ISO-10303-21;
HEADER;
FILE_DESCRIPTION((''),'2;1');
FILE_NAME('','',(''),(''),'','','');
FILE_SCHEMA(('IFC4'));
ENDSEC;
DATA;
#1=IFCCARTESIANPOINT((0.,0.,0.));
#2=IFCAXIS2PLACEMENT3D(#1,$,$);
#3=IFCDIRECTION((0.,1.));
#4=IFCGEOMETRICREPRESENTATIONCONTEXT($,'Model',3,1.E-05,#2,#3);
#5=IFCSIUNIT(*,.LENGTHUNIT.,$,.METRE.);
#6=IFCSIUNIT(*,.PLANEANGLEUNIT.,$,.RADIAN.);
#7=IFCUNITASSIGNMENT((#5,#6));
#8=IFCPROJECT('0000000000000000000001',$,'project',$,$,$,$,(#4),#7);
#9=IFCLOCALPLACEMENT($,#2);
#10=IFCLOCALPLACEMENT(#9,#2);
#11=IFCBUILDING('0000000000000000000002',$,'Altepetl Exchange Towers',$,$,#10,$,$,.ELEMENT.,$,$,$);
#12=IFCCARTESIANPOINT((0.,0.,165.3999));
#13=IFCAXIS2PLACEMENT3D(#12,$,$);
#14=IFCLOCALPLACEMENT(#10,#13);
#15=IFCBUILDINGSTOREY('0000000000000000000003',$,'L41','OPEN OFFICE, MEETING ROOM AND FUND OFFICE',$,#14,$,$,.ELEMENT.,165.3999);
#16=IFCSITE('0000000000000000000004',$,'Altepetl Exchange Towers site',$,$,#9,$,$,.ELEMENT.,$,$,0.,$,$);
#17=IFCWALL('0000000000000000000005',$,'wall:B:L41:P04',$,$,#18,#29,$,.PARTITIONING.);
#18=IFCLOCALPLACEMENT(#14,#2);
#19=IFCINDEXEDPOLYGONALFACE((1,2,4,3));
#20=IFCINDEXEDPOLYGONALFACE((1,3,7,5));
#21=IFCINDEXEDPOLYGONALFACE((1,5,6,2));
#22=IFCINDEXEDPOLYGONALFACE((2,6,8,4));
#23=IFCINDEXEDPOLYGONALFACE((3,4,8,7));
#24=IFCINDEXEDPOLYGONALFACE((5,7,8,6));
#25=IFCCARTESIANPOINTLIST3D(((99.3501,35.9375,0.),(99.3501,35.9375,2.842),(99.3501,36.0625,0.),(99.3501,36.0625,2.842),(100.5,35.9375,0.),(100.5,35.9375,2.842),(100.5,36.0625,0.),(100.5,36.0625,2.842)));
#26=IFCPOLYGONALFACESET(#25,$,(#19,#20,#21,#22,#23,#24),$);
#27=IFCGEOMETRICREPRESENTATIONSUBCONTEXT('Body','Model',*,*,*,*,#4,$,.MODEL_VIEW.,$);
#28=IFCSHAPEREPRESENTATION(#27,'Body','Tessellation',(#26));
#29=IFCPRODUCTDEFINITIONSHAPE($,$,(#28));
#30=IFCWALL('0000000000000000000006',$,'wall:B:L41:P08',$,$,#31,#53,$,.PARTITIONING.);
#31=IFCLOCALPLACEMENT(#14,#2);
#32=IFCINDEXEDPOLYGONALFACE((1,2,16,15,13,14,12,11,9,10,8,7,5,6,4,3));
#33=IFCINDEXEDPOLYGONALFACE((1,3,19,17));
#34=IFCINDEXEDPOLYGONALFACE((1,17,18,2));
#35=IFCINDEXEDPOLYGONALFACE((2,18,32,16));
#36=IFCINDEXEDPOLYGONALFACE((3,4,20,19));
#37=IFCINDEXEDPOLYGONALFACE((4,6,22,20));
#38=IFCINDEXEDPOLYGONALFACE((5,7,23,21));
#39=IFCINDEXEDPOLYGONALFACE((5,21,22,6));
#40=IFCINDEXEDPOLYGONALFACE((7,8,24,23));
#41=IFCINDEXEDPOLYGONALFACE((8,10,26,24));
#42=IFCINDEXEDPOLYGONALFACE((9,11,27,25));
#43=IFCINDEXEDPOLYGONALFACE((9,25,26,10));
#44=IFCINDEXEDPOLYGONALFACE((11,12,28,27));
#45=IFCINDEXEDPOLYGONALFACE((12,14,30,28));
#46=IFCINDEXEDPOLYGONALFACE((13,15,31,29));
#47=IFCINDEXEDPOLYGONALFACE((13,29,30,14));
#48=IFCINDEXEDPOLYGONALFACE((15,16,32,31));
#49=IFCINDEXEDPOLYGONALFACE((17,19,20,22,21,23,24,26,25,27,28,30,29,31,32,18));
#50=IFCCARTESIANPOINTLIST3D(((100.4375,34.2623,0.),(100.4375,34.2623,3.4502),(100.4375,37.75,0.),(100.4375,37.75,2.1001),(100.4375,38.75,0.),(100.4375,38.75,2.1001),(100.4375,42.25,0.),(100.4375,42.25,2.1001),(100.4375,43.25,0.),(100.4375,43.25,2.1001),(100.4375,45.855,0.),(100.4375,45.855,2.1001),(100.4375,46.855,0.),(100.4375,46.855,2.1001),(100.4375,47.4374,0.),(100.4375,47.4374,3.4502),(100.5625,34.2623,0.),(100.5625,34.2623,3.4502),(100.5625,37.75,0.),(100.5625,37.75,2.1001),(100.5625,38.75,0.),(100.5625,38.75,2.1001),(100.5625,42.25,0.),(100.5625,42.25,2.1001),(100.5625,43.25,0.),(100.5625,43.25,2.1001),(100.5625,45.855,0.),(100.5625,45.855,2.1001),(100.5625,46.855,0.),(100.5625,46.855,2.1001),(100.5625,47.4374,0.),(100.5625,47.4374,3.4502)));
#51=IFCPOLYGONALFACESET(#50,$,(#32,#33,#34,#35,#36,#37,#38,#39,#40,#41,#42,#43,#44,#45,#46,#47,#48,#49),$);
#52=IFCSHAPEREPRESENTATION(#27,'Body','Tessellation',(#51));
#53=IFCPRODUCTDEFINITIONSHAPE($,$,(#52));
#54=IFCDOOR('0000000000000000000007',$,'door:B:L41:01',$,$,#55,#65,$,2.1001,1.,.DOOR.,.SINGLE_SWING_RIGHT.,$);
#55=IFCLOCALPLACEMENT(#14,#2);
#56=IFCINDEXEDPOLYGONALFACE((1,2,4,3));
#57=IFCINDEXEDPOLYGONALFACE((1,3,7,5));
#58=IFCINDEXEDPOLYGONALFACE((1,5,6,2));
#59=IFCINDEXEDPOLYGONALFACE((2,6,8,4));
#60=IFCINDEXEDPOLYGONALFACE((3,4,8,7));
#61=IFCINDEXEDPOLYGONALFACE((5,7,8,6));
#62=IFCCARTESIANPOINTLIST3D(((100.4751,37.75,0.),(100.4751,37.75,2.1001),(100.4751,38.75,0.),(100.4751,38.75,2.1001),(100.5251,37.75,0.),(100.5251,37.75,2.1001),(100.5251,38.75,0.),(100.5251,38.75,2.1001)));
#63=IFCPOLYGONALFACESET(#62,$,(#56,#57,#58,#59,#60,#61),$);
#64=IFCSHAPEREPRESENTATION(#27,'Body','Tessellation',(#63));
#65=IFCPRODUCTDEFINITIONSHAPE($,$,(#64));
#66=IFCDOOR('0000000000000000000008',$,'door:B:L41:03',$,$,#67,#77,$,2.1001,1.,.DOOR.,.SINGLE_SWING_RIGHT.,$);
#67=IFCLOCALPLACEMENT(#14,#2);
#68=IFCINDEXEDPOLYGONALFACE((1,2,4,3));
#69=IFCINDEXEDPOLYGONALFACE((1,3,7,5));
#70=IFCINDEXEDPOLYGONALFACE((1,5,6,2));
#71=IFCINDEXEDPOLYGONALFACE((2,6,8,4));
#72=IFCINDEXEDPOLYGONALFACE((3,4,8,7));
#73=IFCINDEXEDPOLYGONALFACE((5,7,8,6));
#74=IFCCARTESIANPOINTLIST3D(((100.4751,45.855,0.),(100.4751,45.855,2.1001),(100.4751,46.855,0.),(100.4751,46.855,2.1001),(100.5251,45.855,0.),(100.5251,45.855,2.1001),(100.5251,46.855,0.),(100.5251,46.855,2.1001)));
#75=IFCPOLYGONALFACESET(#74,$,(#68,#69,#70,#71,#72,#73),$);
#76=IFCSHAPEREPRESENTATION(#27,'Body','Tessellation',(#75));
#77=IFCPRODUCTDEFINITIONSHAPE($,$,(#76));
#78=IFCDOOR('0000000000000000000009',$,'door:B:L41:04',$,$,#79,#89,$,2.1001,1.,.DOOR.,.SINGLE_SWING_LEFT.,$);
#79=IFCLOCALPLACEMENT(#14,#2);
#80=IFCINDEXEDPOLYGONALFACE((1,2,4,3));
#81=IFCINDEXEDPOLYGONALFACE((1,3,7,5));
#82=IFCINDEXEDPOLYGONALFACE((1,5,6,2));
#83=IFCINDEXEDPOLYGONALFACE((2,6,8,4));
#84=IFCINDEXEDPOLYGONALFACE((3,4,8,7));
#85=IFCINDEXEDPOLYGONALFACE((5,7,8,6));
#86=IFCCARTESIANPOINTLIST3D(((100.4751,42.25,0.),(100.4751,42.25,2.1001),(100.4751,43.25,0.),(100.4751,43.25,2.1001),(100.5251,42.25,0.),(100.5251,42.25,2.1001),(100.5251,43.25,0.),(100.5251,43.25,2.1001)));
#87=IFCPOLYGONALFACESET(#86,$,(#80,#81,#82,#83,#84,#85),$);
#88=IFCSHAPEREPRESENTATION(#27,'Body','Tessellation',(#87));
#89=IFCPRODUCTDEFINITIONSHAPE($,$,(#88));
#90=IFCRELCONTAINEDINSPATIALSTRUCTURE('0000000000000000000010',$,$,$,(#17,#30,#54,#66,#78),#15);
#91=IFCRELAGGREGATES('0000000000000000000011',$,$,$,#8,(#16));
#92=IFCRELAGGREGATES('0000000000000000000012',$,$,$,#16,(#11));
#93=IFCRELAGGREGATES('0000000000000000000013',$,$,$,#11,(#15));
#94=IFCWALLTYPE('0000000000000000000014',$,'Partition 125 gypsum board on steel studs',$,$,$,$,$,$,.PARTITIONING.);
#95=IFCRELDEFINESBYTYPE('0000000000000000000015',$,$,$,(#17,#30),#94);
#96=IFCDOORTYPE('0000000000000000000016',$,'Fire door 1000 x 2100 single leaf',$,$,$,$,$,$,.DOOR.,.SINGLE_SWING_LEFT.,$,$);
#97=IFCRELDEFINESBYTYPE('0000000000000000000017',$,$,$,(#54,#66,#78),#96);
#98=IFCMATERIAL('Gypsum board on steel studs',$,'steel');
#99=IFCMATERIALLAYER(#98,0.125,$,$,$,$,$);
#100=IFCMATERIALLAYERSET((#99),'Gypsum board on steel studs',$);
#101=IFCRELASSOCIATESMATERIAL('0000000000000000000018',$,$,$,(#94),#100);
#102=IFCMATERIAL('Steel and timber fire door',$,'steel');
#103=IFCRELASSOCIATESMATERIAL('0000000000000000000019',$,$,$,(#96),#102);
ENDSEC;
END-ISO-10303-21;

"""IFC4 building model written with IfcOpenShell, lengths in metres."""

from ifc_helpers import new_model, si_unit, direction, frame, frame_2d, origin, place, context, subcontext, project, spatial, rectangle, extrude, material, layer, layer_set, type_object, element, fill, save


model = new_model("IFC4")

# Units and contexts
model_context = context("Model", 3, precision=1e-05, world=origin(), true_north=direction((0.0, 1.0)))
body_context = subcontext(model_context, "Body", "Model", "MODEL_VIEW")
ifc_project = project(units=[si_unit("LENGTHUNIT", "METRE"), si_unit("PLANEANGLEUNIT", "RADIAN")], contexts=[model_context])

# Site, building, storey
site_placement = place(None, origin())
site = spatial("IfcSite", under=ifc_project, at=site_placement, Name="Altepetl Exchange Towers site", CompositionType="ELEMENT", RefElevation=0.0)
building_placement = place(site_placement, origin())
building = spatial("IfcBuilding", under=site, at=building_placement, Name="Altepetl Exchange Towers", CompositionType="ELEMENT")
storey_placement = place(building_placement, frame((0.0, 0.0, 165.3999)))
storey = spatial("IfcBuildingStorey", under=building, at=storey_placement, Name="L41", Description="OPEN OFFICE, MEETING ROOM AND FUND OFFICE", CompositionType="ELEMENT", Elevation=165.3999)

# Shared definitions
ifc_material_1 = material(Name="Gypsum board on steel studs", Category="steel")
ifc_layer_1 = layer(ifc_material_1, 0.125)
ifc_layer_set_1 = layer_set([ifc_layer_1], Name="Gypsum board on steel studs")
wall_type_1 = type_object("IfcWallType", Name="Partition 125 gypsum board on steel studs", PredefinedType="PARTITIONING", material=ifc_layer_set_1)
ifc_material_2 = material(Name="Steel and timber fire door", Category="steel")
door_type_1 = type_object("IfcDoorType", Name="Fire door 1000 x 2100 single leaf", OperationType="SINGLE_SWING_LEFT", PredefinedType="DOOR", material=ifc_material_2)

# Wall
wall_1_placement = place(storey_placement, frame((99.3501, 36.0, 0.0)))
element("IfcWall", 1, at=wall_1_placement, inside=storey, type_object=wall_type_1, Name="wall:B:L41:P04", PredefinedType="PARTITIONING", context=body_context, shape_type="SweptSolid", body=[
    extrude(rectangle(XDim=1.1499, YDim=0.125, at=frame_2d((0.575, 0.0))), origin(), (0.0, 0.0, 1.0), 2.842),
])

# Wall, openings, doors
wall_2_placement = place(storey_placement, frame((100.5, 34.2625, 0.0), z_axis=(0.0, 0.0, 1.0), x_axis=(0.0, 1.0, 0.0)))
wall_2 = element("IfcWall", 2, at=wall_2_placement, inside=storey, type_object=wall_type_1, Name="wall:B:L41:P08", PredefinedType="PARTITIONING", context=body_context, shape_type="SweptSolid", body=[
    extrude(rectangle(XDim=13.175, YDim=0.125, at=frame_2d((6.5874, 0.0))), origin(), (0.0, 0.0, 1.0), 3.4502),
])
opening_1_placement = place(wall_2_placement, frame((3.4875, 0.0, 0.0)))
opening_1 = element("IfcOpeningElement", 3, at=opening_1_placement, cuts=wall_2, PredefinedType="OPENING", context=body_context, shape_type="SweptSolid", body=[
    extrude(rectangle(XDim=1.0, YDim=2.1001, at=frame_2d((0.5, 1.05))), frame((0.0, 0.0725, 0.0), z_axis=(0.0, -1.0, 0.0), x_axis=(1.0, 0.0, 0.0)), (0.0, 0.0, 1.0), 0.145),
])
opening_2_placement = place(wall_2_placement, frame((11.5925, 0.0, 0.0)))
opening_2 = element("IfcOpeningElement", 4, at=opening_2_placement, cuts=wall_2, PredefinedType="OPENING", context=body_context, shape_type="SweptSolid", body=[
    extrude(rectangle(XDim=1.0, YDim=2.1001, at=frame_2d((0.5, 1.05))), frame((0.0, 0.0725, 0.0), z_axis=(0.0, -1.0, 0.0), x_axis=(1.0, 0.0, 0.0)), (0.0, 0.0, 1.0), 0.145),
])
opening_3_placement = place(wall_2_placement, frame((7.9875, 0.0, 0.0)))
opening_3 = element("IfcOpeningElement", 5, at=opening_3_placement, cuts=wall_2, PredefinedType="OPENING", context=body_context, shape_type="SweptSolid", body=[
    extrude(rectangle(XDim=1.0, YDim=2.1001, at=frame_2d((0.5, 1.05))), frame((0.0, 0.0725, 0.0), z_axis=(0.0, -1.0, 0.0), x_axis=(1.0, 0.0, 0.0)), (0.0, 0.0, 1.0), 0.145),
])
door_1_placement = place(opening_1_placement, origin())
door_1 = element("IfcDoor", 6, at=door_1_placement, inside=storey, type_object=door_type_1, Name="door:B:L41:01", OperationType="SINGLE_SWING_RIGHT", OverallHeight=2.1001, OverallWidth=1.0, PredefinedType="DOOR", context=body_context, shape_type="SweptSolid", body=[
    extrude(rectangle(XDim=1.0, YDim=2.1001, at=frame_2d((0.5, 1.05))), frame((0.0, 0.0249, 0.0), z_axis=(0.0, -1.0, 0.0), x_axis=(1.0, 0.0, 0.0)), (0.0, 0.0, 1.0), 0.05),
])
fill(opening_1, door_1)
door_2_placement = place(opening_2_placement, origin())
door_2 = element("IfcDoor", 7, at=door_2_placement, inside=storey, type_object=door_type_1, Name="door:B:L41:03", OperationType="SINGLE_SWING_RIGHT", OverallHeight=2.1001, OverallWidth=1.0, PredefinedType="DOOR", context=body_context, shape_type="SweptSolid", body=[
    extrude(rectangle(XDim=1.0, YDim=2.1001, at=frame_2d((0.5, 1.05))), frame((0.0, 0.0249, 0.0), z_axis=(0.0, -1.0, 0.0), x_axis=(1.0, 0.0, 0.0)), (0.0, 0.0, 1.0), 0.05),
])
fill(opening_2, door_2)
door_3_placement = place(opening_3_placement, origin())
door_3 = element("IfcDoor", 8, at=door_3_placement, inside=storey, type_object=door_type_1, Name="door:B:L41:04", OperationType="SINGLE_SWING_LEFT", OverallHeight=2.1001, OverallWidth=1.0, PredefinedType="DOOR", context=body_context, shape_type="SweptSolid", body=[
    extrude(rectangle(XDim=1.0, YDim=2.1001, at=frame_2d((0.5, 1.05))), frame((0.0, 0.0249, 0.0), z_axis=(0.0, -1.0, 0.0), x_axis=(1.0, 0.0, 0.0)), (0.0, 0.0, 1.0), 0.05),
])
fill(opening_3, door_3)

save(model, "model.ifc")
